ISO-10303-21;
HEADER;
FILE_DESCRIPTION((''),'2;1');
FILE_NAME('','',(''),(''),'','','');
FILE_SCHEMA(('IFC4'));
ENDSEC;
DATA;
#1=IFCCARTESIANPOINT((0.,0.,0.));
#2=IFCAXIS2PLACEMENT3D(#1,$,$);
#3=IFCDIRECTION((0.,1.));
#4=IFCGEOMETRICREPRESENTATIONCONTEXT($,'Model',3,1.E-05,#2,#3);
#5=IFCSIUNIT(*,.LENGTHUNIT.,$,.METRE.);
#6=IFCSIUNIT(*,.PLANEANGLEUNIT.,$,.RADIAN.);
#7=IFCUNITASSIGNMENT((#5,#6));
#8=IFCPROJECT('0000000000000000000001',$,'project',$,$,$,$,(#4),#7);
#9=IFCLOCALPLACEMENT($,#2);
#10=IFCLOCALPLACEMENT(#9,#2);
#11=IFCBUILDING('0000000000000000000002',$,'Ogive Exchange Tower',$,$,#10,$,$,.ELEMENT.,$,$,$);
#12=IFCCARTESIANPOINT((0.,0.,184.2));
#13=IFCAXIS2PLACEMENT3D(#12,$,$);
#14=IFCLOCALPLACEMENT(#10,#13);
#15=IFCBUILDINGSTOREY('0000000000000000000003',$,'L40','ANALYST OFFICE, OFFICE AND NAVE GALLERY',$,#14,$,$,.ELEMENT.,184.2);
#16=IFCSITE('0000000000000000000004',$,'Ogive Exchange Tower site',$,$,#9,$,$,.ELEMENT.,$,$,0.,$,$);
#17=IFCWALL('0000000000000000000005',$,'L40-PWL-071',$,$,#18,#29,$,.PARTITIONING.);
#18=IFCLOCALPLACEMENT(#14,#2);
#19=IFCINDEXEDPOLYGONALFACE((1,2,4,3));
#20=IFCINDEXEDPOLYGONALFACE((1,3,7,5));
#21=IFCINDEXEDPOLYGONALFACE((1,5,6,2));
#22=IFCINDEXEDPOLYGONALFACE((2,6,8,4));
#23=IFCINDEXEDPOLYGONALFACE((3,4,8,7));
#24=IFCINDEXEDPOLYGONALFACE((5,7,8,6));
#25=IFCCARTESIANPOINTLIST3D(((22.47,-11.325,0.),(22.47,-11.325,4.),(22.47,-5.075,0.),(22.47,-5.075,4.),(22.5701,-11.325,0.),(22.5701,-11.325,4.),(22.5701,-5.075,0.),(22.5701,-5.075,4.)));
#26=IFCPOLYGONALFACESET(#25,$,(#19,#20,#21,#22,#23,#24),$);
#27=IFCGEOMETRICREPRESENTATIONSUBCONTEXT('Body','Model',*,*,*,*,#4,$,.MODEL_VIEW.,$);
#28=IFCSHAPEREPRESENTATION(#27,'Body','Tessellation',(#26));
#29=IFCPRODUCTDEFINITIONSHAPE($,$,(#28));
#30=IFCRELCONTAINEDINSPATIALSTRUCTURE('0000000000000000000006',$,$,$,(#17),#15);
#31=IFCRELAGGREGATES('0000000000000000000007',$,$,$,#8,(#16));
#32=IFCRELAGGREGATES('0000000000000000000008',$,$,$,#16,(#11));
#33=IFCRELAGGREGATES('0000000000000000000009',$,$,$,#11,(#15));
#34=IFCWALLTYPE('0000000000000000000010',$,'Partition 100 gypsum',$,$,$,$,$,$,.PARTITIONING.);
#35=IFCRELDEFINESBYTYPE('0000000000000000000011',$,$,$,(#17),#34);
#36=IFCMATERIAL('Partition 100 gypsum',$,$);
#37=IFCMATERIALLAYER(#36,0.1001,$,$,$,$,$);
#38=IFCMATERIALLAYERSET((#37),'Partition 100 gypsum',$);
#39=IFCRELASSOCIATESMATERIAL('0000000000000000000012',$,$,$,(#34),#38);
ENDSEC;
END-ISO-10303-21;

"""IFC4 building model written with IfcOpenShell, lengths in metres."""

from ifc_helpers import new_model, si_unit, direction, frame, frame_2d, origin, place, context, subcontext, project, spatial, rectangle, extrude, material, layer, layer_set, type_object, element, save


model = new_model("IFC4")

# Units and contexts
model_context = context("Model", 3, precision=1e-05, world=origin(), true_north=direction((0.0, 1.0)))
body_context = subcontext(model_context, "Body", "Model", "MODEL_VIEW")
ifc_project = project(units=[si_unit("LENGTHUNIT", "METRE"), si_unit("PLANEANGLEUNIT", "RADIAN")], contexts=[model_context])

# Site, building, storey
site_placement = place(None, origin())
site = spatial("IfcSite", under=ifc_project, at=site_placement, Name="Ogive Exchange Tower site", CompositionType="ELEMENT", RefElevation=0.0)
building_placement = place(site_placement, origin())
building = spatial("IfcBuilding", under=site, at=building_placement, Name="Ogive Exchange Tower", CompositionType="ELEMENT")
storey_placement = place(building_placement, frame((0.0, 0.0, 184.2)))
storey = spatial("IfcBuildingStorey", under=building, at=storey_placement, Name="L40", Description="ANALYST OFFICE, OFFICE AND NAVE GALLERY", CompositionType="ELEMENT", Elevation=184.2)

# Wall
ifc_material_1 = material(Name="Partition 100 gypsum")
ifc_layer_1 = layer(ifc_material_1, 0.1001)
ifc_layer_set_1 = layer_set([ifc_layer_1], Name="Partition 100 gypsum")
wall_type_1 = type_object("IfcWallType", Name="Partition 100 gypsum", PredefinedType="PARTITIONING", material=ifc_layer_set_1)
wall_1_placement = place(storey_placement, frame((22.52, -5.075, 0.0), z_axis=(0.0, 0.0, 1.0), x_axis=(0.0, -1.0, 0.0)))
element("IfcWall", 1, at=wall_1_placement, inside=storey, type_object=wall_type_1, Name="L40-PWL-071", PredefinedType="PARTITIONING", context=body_context, shape_type="SweptSolid", body=[
    extrude(rectangle(XDim=6.25, YDim=0.1001, at=frame_2d((3.125, 0.0))), origin(), (0.0, 0.0, 1.0), 4.0),
])

save(model, "model.ifc")
